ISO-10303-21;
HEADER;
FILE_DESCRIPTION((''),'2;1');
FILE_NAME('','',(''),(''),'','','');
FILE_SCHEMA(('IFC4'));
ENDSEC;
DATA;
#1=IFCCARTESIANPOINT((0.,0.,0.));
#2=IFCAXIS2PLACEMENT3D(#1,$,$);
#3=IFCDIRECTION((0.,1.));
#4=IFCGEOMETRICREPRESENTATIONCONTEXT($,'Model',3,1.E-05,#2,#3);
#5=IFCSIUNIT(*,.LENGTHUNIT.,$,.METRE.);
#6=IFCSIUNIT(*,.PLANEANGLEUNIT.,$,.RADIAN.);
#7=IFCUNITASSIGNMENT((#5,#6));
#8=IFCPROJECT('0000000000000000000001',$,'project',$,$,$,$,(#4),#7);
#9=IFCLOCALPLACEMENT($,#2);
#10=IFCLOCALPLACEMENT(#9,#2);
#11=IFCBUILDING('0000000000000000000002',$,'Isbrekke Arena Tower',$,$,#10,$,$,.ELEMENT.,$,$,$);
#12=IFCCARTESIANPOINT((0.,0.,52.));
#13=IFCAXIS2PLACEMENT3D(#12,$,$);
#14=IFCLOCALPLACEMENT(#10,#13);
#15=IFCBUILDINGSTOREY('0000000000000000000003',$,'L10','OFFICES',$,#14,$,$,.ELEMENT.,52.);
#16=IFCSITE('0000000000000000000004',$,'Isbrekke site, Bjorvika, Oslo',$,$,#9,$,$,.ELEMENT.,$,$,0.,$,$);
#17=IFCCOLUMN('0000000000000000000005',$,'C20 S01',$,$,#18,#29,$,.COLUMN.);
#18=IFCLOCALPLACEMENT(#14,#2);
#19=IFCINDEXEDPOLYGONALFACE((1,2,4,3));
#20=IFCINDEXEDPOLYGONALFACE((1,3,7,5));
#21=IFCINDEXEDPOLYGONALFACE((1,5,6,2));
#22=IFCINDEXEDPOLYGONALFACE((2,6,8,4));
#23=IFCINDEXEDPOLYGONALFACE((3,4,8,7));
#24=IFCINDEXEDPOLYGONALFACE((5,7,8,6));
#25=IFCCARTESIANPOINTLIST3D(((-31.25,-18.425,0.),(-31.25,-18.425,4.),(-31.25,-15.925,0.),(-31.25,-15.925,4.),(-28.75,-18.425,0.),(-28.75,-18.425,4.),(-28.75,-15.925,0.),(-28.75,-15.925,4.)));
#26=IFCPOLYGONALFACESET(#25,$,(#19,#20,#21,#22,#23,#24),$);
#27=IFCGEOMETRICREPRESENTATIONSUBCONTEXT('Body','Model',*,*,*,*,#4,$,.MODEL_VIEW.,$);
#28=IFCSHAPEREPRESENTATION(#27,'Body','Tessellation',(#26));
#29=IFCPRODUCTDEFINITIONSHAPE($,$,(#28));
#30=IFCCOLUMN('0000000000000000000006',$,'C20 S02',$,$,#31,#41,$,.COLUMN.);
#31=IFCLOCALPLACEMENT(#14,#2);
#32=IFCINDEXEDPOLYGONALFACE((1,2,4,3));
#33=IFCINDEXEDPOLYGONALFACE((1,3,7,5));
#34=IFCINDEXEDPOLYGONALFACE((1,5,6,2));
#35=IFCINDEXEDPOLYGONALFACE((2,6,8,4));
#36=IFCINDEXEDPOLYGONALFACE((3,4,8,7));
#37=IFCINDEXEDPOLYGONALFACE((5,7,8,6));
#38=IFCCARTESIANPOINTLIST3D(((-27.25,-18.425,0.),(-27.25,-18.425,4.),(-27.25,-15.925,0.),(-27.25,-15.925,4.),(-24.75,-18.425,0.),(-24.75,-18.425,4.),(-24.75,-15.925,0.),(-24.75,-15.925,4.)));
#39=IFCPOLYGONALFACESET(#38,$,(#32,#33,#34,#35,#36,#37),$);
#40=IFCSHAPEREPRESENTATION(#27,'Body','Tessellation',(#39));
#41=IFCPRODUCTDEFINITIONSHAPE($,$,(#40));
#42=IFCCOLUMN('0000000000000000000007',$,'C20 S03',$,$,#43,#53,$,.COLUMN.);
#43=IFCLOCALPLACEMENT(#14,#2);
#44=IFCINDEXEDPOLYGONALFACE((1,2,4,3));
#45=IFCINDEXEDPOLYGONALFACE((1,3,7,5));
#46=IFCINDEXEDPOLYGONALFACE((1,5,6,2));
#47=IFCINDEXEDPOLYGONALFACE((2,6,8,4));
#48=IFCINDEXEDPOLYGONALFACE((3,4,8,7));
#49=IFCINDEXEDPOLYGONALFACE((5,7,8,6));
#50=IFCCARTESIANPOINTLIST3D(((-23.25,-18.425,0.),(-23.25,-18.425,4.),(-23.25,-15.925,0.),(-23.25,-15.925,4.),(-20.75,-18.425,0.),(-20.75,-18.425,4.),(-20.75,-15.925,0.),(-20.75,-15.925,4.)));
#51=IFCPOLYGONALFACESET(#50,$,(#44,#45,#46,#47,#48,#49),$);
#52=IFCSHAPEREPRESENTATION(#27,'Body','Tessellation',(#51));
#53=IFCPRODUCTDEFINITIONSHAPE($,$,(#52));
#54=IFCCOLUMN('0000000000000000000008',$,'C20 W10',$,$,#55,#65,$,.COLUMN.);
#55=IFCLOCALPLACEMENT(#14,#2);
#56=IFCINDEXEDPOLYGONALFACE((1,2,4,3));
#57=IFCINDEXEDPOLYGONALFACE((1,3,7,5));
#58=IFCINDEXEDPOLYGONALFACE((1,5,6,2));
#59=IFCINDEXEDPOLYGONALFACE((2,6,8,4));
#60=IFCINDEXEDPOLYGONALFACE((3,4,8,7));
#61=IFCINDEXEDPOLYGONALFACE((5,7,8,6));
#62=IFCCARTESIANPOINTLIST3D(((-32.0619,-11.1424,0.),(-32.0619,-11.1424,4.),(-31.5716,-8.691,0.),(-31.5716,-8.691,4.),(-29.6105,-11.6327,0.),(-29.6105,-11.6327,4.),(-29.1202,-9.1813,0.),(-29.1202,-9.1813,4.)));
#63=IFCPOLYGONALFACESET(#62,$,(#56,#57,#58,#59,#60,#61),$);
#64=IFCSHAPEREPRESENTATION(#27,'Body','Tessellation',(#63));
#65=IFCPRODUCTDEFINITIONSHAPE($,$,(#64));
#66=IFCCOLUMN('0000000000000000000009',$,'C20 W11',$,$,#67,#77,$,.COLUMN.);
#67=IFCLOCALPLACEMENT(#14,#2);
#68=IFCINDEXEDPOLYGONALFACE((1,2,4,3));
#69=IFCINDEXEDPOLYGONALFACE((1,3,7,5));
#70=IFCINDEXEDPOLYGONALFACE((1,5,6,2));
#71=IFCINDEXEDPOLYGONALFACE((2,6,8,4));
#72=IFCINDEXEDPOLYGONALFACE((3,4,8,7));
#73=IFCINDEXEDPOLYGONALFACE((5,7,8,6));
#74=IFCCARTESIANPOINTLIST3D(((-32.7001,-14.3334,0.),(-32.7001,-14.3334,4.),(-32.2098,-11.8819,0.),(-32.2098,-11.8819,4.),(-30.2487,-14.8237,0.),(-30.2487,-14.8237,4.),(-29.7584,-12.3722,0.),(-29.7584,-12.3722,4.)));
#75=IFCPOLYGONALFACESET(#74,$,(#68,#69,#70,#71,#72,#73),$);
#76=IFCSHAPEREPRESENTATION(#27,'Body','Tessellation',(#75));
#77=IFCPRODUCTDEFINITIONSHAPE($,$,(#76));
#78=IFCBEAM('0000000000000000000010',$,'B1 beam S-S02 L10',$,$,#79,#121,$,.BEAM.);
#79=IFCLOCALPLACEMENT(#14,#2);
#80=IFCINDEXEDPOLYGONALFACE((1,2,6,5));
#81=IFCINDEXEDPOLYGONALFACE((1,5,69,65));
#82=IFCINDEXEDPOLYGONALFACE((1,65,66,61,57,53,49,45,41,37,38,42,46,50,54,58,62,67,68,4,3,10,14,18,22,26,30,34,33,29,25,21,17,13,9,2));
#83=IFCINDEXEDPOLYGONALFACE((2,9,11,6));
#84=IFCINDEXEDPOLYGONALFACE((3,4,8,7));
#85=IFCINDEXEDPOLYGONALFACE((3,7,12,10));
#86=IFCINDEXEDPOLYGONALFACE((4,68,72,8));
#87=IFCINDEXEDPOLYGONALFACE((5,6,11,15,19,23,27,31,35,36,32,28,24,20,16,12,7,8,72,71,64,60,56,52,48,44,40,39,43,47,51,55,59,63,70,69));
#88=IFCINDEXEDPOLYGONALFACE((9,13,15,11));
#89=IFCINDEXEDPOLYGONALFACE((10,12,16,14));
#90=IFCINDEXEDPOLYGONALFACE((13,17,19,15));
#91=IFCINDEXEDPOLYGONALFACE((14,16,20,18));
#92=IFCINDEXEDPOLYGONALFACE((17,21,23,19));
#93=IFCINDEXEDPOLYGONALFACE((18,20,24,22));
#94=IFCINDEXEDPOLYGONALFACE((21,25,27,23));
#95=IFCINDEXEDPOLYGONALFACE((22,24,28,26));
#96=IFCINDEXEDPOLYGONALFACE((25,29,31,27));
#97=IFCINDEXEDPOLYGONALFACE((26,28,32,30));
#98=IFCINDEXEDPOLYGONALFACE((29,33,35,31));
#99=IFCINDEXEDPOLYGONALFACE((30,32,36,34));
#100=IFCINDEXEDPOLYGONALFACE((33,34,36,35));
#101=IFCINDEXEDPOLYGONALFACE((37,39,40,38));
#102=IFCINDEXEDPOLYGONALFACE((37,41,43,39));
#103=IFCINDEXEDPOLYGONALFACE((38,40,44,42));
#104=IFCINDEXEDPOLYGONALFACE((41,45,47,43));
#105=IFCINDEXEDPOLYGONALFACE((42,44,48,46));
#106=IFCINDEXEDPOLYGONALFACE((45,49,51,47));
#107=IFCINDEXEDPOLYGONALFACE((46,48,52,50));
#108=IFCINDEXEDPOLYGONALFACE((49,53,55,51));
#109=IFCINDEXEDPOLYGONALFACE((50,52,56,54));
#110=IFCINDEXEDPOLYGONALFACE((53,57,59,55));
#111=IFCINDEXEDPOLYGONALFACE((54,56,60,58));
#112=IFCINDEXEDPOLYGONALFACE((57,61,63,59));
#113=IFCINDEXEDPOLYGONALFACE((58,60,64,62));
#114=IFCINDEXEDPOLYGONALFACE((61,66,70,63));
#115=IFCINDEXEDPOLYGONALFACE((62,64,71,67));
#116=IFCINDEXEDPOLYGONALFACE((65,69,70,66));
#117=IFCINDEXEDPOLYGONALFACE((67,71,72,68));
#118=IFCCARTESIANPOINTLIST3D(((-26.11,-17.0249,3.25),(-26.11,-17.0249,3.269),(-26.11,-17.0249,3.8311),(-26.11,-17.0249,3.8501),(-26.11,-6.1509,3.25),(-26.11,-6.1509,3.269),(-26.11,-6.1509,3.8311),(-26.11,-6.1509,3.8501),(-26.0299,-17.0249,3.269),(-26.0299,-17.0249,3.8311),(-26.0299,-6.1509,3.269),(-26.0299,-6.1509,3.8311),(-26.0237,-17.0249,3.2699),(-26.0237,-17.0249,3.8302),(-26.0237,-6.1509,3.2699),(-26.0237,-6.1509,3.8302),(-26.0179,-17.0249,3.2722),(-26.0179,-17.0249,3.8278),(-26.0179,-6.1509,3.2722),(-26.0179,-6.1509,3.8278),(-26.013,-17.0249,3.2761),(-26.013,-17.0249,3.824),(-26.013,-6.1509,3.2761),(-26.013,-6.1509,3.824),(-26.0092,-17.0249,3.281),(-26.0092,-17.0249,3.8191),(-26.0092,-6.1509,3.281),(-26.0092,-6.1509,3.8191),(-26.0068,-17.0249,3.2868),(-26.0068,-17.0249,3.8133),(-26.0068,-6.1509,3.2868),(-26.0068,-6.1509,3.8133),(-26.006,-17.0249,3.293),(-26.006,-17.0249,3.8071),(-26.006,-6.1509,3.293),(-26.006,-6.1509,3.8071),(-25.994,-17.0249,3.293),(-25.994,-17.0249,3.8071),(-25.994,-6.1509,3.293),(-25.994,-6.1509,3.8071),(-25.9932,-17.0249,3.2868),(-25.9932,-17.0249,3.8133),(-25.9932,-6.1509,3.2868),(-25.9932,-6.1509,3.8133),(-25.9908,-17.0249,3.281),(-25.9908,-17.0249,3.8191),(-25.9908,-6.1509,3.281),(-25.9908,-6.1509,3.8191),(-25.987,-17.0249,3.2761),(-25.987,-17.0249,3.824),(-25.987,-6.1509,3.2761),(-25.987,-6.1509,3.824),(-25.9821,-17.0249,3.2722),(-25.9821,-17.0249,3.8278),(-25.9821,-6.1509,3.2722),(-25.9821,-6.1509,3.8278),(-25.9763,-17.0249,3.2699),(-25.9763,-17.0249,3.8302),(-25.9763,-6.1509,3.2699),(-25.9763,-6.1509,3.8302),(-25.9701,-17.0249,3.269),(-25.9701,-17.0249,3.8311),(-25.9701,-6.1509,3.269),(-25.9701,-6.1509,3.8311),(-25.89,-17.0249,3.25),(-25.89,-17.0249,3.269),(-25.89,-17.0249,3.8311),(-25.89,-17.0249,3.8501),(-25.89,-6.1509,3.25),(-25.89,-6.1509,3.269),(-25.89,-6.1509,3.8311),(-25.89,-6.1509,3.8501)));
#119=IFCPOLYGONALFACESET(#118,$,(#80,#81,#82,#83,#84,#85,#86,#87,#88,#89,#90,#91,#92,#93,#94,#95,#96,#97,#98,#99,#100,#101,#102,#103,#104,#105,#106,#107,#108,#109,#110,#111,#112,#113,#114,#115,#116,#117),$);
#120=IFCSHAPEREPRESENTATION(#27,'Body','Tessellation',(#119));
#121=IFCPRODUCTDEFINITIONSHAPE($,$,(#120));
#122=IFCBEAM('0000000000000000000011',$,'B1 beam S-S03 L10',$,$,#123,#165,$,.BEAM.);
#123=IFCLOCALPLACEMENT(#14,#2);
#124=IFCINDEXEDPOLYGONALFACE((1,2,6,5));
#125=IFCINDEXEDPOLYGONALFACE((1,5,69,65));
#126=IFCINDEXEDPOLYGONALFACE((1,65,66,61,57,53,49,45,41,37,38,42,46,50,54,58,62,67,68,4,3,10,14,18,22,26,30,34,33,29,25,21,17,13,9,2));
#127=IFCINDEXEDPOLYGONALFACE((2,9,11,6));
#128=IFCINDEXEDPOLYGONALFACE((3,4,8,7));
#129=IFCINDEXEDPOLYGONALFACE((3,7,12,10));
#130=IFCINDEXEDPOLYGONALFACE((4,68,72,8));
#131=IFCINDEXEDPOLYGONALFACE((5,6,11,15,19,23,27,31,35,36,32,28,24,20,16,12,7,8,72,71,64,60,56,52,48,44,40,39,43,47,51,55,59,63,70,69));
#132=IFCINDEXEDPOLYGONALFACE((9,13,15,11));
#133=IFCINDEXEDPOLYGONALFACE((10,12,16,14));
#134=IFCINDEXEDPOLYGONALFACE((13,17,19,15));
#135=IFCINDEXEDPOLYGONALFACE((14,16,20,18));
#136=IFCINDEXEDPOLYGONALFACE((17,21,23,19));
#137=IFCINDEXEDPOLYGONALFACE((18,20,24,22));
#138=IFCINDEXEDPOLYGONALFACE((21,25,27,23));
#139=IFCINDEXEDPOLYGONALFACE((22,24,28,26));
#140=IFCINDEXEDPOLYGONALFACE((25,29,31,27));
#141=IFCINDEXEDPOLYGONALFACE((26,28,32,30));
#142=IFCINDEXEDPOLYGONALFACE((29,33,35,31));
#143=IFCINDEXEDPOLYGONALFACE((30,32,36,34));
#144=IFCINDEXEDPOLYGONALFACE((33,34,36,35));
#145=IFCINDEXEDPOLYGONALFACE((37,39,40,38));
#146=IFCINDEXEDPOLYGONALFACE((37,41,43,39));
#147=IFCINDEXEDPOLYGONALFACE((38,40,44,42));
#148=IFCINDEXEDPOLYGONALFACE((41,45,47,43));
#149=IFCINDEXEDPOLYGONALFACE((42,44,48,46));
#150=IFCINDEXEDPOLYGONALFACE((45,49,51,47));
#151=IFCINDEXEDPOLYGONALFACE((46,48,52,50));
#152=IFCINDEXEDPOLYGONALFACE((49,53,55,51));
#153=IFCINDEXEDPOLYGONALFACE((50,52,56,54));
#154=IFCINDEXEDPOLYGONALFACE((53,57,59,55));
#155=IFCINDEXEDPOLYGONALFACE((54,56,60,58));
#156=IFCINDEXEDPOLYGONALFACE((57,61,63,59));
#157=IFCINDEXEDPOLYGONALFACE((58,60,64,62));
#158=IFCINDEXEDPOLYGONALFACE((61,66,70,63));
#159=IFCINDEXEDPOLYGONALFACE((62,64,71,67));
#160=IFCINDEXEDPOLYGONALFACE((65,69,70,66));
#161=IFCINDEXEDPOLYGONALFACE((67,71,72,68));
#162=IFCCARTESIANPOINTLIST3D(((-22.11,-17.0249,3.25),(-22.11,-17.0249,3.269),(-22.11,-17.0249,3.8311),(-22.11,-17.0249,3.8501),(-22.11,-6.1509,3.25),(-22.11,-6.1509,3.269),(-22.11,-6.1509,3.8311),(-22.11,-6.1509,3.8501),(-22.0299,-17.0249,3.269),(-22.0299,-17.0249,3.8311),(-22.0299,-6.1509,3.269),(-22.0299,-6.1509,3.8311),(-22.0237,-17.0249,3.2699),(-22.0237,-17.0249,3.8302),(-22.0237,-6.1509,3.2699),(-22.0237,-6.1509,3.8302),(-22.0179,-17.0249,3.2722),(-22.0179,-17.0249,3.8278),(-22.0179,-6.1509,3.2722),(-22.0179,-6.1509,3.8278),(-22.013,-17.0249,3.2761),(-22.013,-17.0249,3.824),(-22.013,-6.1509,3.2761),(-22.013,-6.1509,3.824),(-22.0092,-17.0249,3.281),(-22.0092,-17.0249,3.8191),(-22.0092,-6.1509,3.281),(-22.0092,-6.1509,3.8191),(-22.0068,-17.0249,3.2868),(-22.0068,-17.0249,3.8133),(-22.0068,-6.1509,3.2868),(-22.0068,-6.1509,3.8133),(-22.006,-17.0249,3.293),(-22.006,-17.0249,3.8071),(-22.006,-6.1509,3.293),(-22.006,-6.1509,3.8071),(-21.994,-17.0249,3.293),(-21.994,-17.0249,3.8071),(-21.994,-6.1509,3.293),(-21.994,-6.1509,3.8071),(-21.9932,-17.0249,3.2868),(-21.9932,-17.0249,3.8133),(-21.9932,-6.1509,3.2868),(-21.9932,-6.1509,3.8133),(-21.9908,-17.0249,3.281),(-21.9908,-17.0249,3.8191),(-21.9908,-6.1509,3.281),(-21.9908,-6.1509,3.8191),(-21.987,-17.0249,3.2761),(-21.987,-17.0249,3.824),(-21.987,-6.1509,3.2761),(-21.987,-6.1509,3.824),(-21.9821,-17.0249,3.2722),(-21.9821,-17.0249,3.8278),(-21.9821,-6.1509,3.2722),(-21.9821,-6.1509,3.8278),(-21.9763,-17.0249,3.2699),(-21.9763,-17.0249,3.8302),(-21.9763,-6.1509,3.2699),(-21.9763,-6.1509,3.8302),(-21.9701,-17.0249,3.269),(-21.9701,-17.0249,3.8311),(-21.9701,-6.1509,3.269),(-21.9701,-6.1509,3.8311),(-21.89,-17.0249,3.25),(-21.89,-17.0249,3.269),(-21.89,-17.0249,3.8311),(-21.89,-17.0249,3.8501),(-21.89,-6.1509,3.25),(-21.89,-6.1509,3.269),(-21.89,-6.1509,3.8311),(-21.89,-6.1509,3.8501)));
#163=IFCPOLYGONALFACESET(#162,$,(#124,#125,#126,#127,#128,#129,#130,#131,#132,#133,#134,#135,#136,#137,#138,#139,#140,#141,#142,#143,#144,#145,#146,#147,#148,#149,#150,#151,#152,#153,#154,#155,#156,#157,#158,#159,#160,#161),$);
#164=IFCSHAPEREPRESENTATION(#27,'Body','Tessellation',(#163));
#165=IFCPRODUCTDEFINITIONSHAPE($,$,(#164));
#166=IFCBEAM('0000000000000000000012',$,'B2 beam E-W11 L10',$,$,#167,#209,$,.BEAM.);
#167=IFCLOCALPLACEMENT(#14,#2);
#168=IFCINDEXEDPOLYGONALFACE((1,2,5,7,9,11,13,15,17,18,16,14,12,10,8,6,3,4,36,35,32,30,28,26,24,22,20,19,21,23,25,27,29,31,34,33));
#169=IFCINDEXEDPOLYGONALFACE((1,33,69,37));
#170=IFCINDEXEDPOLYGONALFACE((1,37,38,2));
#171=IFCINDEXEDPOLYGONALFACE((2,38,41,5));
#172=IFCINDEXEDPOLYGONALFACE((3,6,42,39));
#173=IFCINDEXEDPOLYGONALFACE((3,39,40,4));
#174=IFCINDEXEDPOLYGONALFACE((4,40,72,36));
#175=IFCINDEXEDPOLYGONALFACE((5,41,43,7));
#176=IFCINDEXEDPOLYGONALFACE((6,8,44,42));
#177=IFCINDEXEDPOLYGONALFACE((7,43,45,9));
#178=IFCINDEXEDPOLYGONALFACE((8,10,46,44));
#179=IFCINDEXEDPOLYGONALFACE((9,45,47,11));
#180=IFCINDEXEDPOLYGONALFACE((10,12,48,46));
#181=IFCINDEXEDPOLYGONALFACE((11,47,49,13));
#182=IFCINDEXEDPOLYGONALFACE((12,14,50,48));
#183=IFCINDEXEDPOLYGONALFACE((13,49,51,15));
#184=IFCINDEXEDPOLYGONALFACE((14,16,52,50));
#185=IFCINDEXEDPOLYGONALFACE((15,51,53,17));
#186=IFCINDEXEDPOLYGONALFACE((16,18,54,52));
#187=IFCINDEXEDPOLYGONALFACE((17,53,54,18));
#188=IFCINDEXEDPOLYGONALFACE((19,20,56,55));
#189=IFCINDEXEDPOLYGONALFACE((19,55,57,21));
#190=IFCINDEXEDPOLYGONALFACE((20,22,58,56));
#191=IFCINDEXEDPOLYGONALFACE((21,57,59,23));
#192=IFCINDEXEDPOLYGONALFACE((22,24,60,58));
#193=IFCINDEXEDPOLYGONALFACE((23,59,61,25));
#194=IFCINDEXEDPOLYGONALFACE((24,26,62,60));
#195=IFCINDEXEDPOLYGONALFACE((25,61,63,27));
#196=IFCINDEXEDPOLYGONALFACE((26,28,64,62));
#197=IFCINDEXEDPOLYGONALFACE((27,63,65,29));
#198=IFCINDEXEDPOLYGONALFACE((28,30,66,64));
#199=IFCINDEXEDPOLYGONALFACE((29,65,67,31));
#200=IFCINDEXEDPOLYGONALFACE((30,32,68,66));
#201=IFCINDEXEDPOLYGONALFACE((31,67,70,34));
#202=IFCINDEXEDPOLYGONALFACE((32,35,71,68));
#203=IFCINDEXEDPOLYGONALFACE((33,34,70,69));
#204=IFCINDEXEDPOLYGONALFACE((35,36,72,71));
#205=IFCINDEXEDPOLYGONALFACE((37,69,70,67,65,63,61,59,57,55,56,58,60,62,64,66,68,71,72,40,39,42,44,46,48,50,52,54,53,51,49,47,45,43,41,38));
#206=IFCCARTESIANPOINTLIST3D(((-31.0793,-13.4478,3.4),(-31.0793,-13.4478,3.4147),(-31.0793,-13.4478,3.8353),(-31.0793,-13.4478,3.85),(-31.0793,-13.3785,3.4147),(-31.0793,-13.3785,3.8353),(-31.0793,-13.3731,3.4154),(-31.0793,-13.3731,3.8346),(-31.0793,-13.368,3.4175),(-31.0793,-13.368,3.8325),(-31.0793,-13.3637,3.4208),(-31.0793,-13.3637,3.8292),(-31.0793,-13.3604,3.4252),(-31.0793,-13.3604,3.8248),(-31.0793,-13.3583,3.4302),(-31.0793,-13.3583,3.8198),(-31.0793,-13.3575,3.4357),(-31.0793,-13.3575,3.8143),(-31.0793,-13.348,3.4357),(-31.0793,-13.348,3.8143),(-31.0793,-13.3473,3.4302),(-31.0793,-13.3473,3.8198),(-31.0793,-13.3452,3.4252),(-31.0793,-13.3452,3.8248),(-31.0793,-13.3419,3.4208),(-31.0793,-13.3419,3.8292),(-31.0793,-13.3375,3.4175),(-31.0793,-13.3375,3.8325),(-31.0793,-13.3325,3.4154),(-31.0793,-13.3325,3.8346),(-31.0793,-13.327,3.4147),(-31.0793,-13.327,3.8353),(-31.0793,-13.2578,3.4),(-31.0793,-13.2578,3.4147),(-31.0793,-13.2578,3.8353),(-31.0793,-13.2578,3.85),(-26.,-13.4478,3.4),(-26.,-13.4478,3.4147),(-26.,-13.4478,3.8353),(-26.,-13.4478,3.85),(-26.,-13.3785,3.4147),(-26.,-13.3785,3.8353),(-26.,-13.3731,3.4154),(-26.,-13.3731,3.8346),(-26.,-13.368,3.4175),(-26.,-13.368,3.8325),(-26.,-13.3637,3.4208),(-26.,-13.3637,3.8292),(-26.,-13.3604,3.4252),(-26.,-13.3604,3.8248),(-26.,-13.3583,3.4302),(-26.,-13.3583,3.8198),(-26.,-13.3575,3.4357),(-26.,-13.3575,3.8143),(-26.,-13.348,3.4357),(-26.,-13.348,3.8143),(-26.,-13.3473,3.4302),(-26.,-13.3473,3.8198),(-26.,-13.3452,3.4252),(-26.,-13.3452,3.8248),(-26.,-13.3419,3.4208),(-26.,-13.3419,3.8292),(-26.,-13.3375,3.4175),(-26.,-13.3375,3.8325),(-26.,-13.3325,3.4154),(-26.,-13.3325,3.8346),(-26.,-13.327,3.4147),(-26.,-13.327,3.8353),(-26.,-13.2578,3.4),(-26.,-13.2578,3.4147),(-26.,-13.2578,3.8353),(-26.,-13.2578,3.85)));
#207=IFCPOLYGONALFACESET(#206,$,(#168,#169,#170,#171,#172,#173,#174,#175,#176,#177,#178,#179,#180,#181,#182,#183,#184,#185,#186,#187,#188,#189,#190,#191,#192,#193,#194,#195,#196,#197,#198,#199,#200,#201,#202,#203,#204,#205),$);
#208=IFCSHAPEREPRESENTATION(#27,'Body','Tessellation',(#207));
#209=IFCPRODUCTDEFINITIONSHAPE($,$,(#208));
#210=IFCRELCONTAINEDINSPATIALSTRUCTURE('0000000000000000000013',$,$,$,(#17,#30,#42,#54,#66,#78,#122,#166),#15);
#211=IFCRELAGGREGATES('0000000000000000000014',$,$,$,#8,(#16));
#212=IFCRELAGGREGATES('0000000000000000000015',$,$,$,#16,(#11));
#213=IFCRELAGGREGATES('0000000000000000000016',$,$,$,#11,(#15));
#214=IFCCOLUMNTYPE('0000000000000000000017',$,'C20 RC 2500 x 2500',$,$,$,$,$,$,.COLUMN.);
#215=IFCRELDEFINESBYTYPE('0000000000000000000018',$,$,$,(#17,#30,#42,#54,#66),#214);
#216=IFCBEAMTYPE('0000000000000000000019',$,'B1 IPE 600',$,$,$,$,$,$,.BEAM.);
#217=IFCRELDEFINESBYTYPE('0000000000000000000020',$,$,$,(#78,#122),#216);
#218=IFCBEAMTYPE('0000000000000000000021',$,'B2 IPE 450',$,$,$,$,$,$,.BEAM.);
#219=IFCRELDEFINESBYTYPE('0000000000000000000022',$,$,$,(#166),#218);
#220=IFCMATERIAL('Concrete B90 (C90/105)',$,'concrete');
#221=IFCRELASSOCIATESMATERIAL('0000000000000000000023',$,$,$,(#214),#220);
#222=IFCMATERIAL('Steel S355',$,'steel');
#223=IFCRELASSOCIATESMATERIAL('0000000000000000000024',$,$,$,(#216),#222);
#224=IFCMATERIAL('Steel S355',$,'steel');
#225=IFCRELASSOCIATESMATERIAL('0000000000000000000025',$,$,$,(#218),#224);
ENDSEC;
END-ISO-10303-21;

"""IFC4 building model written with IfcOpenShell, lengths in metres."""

from ifc_helpers import new_model, si_unit, direction, frame, origin, origin_2d, place, context, subcontext, project, spatial, rectangle, i_section, extrude, material, material_profile, profile_set, type_object, element, save


model = new_model("IFC4")

# Units and contexts
model_context = context("Model", 3, precision=1e-05, world=origin(), true_north=direction((0.0, 1.0)))
body_context = subcontext(model_context, "Body", "Model", "MODEL_VIEW")
ifc_project = project(units=[si_unit("LENGTHUNIT", "METRE"), si_unit("PLANEANGLEUNIT", "RADIAN")], contexts=[model_context])

# Site, building, storey
site_placement = place(None, origin())
site = spatial("IfcSite", under=ifc_project, at=site_placement, Name="Isbrekke site, Bjorvika, Oslo", CompositionType="ELEMENT", RefElevation=0.0)
building_placement = place(site_placement, origin())
building = spatial("IfcBuilding", under=site, at=building_placement, Name="Isbrekke Arena Tower", CompositionType="ELEMENT")
storey_placement = place(building_placement, frame((0.0, 0.0, 52.0)))
storey = spatial("IfcBuildingStorey", under=building, at=storey_placement, Name="L10", Description="OFFICES", CompositionType="ELEMENT", Elevation=52.0)

# Columns
ifc_material_1 = material(Name="Concrete B90 (C90/105)", Category="concrete")
ifc_material_profile_1 = material_profile(ifc_material_1, rectangle(XDim=2.5, YDim=2.5, at=origin_2d()), Name="RC 2500x2500")
ifc_profile_set_1 = profile_set([ifc_material_profile_1], Name="Concrete B90 (C90/105)")
column_type = type_object("IfcColumnType", Name="C20 RC 2500 x 2500", PredefinedType="COLUMN", material=ifc_profile_set_1)
for number, where, z_axis, x_axis, name in (
    (1, (-30.0, -17.175, 0.0), (0.0, 0.0, 1.0), (1.0, 0.0, 0.0), "C20 S01"),
    (2, (-26.0, -17.175, 0.0), (0.0, 0.0, 1.0), (1.0, 0.0, 0.0), "C20 S02"),
    (3, (-22.0, -17.175, 0.0), (0.0, 0.0, 1.0), (1.0, 0.0, 0.0), "C20 S03"),
    (4, (-30.5911, -10.1619, 0.0), (0.0, 0.0, 1.0), (-0.196116, -0.980581, 0.0), "C20 W10"),
    (5, (-31.2292, -13.3528, 0.0), (0.0, 0.0, 1.0), (-0.196116, -0.980581, 0.0), "C20 W11"),
):
    element("IfcColumn", number, at=place(storey_placement, frame(where, z_axis=z_axis, x_axis=x_axis)), inside=storey, type_object=column_type, Name=name, PredefinedType="COLUMN", context=body_context, shape_type="SweptSolid", body=[
        extrude(rectangle(XDim=2.5, YDim=2.5, at=origin_2d()), origin(), (0.0, 0.0, 1.0), 4.0),
    ])

# Beams
ifc_material_2 = material(Name="Steel S355", Category="steel")
ifc_material_profile_2 = material_profile(ifc_material_2, i_section(OverallWidth=0.22, OverallDepth=0.6001, WebThickness=0.012, FlangeThickness=0.019, FilletRadius=0.0239, at=origin_2d()), Name="IPE 600")
ifc_profile_set_2 = profile_set([ifc_material_profile_2], Name="Steel S355")
beam_type_1 = type_object("IfcBeamType", Name="B1 IPE 600", PredefinedType="BEAM", material=ifc_profile_set_2)
for number, where, z_axis, x_axis, name in (
    (6, (-26.0, -17.0249, 3.55), (0.0, 1.0, 0.0), (-1.0, 0.0, 0.0), "B1 beam S-S02 L10"),
    (7, (-22.0, -17.0249, 3.55), (0.0, 1.0, 0.0), (-1.0, 0.0, 0.0), "B1 beam S-S03 L10"),
):
    element("IfcBeam", number, at=place(storey_placement, frame(where, z_axis=z_axis, x_axis=x_axis)), inside=storey, type_object=beam_type_1, Name=name, PredefinedType="BEAM", context=body_context, shape_type="SweptSolid", body=[
        extrude(i_section(OverallWidth=0.22, OverallDepth=0.6001, WebThickness=0.012, FlangeThickness=0.019, FilletRadius=0.0239, at=origin_2d()), origin(), (0.0, 0.0, 1.0), 10.874),
    ])
ifc_material_3 = material(Name="Steel S355", Category="steel")
ifc_material_profile_3 = material_profile(ifc_material_3, i_section(OverallWidth=0.1899, OverallDepth=0.45, WebThickness=0.0095, FlangeThickness=0.0146, FilletRadius=0.021, at=origin_2d()), Name="IPE 450")
ifc_profile_set_3 = profile_set([ifc_material_profile_3], Name="Steel S355")
beam_type_2 = type_object("IfcBeamType", Name="B2 IPE 450", PredefinedType="BEAM", material=ifc_profile_set_3)
beam_1_placement = place(storey_placement, frame((-31.0793, -13.3528, 3.625), z_axis=(1.0, 0.0, 0.0), x_axis=(0.0, 1.0, 0.0)))
element("IfcBeam", 8, at=beam_1_placement, inside=storey, type_object=beam_type_2, Name="B2 beam E-W11 L10", PredefinedType="BEAM", context=body_context, shape_type="SweptSolid", body=[
    extrude(i_section(OverallWidth=0.1899, OverallDepth=0.45, WebThickness=0.0095, FlangeThickness=0.0146, FilletRadius=0.021, at=origin_2d()), origin(), (0.0, 0.0, 1.0), 5.0793),
])

save(model, "model.ifc")
